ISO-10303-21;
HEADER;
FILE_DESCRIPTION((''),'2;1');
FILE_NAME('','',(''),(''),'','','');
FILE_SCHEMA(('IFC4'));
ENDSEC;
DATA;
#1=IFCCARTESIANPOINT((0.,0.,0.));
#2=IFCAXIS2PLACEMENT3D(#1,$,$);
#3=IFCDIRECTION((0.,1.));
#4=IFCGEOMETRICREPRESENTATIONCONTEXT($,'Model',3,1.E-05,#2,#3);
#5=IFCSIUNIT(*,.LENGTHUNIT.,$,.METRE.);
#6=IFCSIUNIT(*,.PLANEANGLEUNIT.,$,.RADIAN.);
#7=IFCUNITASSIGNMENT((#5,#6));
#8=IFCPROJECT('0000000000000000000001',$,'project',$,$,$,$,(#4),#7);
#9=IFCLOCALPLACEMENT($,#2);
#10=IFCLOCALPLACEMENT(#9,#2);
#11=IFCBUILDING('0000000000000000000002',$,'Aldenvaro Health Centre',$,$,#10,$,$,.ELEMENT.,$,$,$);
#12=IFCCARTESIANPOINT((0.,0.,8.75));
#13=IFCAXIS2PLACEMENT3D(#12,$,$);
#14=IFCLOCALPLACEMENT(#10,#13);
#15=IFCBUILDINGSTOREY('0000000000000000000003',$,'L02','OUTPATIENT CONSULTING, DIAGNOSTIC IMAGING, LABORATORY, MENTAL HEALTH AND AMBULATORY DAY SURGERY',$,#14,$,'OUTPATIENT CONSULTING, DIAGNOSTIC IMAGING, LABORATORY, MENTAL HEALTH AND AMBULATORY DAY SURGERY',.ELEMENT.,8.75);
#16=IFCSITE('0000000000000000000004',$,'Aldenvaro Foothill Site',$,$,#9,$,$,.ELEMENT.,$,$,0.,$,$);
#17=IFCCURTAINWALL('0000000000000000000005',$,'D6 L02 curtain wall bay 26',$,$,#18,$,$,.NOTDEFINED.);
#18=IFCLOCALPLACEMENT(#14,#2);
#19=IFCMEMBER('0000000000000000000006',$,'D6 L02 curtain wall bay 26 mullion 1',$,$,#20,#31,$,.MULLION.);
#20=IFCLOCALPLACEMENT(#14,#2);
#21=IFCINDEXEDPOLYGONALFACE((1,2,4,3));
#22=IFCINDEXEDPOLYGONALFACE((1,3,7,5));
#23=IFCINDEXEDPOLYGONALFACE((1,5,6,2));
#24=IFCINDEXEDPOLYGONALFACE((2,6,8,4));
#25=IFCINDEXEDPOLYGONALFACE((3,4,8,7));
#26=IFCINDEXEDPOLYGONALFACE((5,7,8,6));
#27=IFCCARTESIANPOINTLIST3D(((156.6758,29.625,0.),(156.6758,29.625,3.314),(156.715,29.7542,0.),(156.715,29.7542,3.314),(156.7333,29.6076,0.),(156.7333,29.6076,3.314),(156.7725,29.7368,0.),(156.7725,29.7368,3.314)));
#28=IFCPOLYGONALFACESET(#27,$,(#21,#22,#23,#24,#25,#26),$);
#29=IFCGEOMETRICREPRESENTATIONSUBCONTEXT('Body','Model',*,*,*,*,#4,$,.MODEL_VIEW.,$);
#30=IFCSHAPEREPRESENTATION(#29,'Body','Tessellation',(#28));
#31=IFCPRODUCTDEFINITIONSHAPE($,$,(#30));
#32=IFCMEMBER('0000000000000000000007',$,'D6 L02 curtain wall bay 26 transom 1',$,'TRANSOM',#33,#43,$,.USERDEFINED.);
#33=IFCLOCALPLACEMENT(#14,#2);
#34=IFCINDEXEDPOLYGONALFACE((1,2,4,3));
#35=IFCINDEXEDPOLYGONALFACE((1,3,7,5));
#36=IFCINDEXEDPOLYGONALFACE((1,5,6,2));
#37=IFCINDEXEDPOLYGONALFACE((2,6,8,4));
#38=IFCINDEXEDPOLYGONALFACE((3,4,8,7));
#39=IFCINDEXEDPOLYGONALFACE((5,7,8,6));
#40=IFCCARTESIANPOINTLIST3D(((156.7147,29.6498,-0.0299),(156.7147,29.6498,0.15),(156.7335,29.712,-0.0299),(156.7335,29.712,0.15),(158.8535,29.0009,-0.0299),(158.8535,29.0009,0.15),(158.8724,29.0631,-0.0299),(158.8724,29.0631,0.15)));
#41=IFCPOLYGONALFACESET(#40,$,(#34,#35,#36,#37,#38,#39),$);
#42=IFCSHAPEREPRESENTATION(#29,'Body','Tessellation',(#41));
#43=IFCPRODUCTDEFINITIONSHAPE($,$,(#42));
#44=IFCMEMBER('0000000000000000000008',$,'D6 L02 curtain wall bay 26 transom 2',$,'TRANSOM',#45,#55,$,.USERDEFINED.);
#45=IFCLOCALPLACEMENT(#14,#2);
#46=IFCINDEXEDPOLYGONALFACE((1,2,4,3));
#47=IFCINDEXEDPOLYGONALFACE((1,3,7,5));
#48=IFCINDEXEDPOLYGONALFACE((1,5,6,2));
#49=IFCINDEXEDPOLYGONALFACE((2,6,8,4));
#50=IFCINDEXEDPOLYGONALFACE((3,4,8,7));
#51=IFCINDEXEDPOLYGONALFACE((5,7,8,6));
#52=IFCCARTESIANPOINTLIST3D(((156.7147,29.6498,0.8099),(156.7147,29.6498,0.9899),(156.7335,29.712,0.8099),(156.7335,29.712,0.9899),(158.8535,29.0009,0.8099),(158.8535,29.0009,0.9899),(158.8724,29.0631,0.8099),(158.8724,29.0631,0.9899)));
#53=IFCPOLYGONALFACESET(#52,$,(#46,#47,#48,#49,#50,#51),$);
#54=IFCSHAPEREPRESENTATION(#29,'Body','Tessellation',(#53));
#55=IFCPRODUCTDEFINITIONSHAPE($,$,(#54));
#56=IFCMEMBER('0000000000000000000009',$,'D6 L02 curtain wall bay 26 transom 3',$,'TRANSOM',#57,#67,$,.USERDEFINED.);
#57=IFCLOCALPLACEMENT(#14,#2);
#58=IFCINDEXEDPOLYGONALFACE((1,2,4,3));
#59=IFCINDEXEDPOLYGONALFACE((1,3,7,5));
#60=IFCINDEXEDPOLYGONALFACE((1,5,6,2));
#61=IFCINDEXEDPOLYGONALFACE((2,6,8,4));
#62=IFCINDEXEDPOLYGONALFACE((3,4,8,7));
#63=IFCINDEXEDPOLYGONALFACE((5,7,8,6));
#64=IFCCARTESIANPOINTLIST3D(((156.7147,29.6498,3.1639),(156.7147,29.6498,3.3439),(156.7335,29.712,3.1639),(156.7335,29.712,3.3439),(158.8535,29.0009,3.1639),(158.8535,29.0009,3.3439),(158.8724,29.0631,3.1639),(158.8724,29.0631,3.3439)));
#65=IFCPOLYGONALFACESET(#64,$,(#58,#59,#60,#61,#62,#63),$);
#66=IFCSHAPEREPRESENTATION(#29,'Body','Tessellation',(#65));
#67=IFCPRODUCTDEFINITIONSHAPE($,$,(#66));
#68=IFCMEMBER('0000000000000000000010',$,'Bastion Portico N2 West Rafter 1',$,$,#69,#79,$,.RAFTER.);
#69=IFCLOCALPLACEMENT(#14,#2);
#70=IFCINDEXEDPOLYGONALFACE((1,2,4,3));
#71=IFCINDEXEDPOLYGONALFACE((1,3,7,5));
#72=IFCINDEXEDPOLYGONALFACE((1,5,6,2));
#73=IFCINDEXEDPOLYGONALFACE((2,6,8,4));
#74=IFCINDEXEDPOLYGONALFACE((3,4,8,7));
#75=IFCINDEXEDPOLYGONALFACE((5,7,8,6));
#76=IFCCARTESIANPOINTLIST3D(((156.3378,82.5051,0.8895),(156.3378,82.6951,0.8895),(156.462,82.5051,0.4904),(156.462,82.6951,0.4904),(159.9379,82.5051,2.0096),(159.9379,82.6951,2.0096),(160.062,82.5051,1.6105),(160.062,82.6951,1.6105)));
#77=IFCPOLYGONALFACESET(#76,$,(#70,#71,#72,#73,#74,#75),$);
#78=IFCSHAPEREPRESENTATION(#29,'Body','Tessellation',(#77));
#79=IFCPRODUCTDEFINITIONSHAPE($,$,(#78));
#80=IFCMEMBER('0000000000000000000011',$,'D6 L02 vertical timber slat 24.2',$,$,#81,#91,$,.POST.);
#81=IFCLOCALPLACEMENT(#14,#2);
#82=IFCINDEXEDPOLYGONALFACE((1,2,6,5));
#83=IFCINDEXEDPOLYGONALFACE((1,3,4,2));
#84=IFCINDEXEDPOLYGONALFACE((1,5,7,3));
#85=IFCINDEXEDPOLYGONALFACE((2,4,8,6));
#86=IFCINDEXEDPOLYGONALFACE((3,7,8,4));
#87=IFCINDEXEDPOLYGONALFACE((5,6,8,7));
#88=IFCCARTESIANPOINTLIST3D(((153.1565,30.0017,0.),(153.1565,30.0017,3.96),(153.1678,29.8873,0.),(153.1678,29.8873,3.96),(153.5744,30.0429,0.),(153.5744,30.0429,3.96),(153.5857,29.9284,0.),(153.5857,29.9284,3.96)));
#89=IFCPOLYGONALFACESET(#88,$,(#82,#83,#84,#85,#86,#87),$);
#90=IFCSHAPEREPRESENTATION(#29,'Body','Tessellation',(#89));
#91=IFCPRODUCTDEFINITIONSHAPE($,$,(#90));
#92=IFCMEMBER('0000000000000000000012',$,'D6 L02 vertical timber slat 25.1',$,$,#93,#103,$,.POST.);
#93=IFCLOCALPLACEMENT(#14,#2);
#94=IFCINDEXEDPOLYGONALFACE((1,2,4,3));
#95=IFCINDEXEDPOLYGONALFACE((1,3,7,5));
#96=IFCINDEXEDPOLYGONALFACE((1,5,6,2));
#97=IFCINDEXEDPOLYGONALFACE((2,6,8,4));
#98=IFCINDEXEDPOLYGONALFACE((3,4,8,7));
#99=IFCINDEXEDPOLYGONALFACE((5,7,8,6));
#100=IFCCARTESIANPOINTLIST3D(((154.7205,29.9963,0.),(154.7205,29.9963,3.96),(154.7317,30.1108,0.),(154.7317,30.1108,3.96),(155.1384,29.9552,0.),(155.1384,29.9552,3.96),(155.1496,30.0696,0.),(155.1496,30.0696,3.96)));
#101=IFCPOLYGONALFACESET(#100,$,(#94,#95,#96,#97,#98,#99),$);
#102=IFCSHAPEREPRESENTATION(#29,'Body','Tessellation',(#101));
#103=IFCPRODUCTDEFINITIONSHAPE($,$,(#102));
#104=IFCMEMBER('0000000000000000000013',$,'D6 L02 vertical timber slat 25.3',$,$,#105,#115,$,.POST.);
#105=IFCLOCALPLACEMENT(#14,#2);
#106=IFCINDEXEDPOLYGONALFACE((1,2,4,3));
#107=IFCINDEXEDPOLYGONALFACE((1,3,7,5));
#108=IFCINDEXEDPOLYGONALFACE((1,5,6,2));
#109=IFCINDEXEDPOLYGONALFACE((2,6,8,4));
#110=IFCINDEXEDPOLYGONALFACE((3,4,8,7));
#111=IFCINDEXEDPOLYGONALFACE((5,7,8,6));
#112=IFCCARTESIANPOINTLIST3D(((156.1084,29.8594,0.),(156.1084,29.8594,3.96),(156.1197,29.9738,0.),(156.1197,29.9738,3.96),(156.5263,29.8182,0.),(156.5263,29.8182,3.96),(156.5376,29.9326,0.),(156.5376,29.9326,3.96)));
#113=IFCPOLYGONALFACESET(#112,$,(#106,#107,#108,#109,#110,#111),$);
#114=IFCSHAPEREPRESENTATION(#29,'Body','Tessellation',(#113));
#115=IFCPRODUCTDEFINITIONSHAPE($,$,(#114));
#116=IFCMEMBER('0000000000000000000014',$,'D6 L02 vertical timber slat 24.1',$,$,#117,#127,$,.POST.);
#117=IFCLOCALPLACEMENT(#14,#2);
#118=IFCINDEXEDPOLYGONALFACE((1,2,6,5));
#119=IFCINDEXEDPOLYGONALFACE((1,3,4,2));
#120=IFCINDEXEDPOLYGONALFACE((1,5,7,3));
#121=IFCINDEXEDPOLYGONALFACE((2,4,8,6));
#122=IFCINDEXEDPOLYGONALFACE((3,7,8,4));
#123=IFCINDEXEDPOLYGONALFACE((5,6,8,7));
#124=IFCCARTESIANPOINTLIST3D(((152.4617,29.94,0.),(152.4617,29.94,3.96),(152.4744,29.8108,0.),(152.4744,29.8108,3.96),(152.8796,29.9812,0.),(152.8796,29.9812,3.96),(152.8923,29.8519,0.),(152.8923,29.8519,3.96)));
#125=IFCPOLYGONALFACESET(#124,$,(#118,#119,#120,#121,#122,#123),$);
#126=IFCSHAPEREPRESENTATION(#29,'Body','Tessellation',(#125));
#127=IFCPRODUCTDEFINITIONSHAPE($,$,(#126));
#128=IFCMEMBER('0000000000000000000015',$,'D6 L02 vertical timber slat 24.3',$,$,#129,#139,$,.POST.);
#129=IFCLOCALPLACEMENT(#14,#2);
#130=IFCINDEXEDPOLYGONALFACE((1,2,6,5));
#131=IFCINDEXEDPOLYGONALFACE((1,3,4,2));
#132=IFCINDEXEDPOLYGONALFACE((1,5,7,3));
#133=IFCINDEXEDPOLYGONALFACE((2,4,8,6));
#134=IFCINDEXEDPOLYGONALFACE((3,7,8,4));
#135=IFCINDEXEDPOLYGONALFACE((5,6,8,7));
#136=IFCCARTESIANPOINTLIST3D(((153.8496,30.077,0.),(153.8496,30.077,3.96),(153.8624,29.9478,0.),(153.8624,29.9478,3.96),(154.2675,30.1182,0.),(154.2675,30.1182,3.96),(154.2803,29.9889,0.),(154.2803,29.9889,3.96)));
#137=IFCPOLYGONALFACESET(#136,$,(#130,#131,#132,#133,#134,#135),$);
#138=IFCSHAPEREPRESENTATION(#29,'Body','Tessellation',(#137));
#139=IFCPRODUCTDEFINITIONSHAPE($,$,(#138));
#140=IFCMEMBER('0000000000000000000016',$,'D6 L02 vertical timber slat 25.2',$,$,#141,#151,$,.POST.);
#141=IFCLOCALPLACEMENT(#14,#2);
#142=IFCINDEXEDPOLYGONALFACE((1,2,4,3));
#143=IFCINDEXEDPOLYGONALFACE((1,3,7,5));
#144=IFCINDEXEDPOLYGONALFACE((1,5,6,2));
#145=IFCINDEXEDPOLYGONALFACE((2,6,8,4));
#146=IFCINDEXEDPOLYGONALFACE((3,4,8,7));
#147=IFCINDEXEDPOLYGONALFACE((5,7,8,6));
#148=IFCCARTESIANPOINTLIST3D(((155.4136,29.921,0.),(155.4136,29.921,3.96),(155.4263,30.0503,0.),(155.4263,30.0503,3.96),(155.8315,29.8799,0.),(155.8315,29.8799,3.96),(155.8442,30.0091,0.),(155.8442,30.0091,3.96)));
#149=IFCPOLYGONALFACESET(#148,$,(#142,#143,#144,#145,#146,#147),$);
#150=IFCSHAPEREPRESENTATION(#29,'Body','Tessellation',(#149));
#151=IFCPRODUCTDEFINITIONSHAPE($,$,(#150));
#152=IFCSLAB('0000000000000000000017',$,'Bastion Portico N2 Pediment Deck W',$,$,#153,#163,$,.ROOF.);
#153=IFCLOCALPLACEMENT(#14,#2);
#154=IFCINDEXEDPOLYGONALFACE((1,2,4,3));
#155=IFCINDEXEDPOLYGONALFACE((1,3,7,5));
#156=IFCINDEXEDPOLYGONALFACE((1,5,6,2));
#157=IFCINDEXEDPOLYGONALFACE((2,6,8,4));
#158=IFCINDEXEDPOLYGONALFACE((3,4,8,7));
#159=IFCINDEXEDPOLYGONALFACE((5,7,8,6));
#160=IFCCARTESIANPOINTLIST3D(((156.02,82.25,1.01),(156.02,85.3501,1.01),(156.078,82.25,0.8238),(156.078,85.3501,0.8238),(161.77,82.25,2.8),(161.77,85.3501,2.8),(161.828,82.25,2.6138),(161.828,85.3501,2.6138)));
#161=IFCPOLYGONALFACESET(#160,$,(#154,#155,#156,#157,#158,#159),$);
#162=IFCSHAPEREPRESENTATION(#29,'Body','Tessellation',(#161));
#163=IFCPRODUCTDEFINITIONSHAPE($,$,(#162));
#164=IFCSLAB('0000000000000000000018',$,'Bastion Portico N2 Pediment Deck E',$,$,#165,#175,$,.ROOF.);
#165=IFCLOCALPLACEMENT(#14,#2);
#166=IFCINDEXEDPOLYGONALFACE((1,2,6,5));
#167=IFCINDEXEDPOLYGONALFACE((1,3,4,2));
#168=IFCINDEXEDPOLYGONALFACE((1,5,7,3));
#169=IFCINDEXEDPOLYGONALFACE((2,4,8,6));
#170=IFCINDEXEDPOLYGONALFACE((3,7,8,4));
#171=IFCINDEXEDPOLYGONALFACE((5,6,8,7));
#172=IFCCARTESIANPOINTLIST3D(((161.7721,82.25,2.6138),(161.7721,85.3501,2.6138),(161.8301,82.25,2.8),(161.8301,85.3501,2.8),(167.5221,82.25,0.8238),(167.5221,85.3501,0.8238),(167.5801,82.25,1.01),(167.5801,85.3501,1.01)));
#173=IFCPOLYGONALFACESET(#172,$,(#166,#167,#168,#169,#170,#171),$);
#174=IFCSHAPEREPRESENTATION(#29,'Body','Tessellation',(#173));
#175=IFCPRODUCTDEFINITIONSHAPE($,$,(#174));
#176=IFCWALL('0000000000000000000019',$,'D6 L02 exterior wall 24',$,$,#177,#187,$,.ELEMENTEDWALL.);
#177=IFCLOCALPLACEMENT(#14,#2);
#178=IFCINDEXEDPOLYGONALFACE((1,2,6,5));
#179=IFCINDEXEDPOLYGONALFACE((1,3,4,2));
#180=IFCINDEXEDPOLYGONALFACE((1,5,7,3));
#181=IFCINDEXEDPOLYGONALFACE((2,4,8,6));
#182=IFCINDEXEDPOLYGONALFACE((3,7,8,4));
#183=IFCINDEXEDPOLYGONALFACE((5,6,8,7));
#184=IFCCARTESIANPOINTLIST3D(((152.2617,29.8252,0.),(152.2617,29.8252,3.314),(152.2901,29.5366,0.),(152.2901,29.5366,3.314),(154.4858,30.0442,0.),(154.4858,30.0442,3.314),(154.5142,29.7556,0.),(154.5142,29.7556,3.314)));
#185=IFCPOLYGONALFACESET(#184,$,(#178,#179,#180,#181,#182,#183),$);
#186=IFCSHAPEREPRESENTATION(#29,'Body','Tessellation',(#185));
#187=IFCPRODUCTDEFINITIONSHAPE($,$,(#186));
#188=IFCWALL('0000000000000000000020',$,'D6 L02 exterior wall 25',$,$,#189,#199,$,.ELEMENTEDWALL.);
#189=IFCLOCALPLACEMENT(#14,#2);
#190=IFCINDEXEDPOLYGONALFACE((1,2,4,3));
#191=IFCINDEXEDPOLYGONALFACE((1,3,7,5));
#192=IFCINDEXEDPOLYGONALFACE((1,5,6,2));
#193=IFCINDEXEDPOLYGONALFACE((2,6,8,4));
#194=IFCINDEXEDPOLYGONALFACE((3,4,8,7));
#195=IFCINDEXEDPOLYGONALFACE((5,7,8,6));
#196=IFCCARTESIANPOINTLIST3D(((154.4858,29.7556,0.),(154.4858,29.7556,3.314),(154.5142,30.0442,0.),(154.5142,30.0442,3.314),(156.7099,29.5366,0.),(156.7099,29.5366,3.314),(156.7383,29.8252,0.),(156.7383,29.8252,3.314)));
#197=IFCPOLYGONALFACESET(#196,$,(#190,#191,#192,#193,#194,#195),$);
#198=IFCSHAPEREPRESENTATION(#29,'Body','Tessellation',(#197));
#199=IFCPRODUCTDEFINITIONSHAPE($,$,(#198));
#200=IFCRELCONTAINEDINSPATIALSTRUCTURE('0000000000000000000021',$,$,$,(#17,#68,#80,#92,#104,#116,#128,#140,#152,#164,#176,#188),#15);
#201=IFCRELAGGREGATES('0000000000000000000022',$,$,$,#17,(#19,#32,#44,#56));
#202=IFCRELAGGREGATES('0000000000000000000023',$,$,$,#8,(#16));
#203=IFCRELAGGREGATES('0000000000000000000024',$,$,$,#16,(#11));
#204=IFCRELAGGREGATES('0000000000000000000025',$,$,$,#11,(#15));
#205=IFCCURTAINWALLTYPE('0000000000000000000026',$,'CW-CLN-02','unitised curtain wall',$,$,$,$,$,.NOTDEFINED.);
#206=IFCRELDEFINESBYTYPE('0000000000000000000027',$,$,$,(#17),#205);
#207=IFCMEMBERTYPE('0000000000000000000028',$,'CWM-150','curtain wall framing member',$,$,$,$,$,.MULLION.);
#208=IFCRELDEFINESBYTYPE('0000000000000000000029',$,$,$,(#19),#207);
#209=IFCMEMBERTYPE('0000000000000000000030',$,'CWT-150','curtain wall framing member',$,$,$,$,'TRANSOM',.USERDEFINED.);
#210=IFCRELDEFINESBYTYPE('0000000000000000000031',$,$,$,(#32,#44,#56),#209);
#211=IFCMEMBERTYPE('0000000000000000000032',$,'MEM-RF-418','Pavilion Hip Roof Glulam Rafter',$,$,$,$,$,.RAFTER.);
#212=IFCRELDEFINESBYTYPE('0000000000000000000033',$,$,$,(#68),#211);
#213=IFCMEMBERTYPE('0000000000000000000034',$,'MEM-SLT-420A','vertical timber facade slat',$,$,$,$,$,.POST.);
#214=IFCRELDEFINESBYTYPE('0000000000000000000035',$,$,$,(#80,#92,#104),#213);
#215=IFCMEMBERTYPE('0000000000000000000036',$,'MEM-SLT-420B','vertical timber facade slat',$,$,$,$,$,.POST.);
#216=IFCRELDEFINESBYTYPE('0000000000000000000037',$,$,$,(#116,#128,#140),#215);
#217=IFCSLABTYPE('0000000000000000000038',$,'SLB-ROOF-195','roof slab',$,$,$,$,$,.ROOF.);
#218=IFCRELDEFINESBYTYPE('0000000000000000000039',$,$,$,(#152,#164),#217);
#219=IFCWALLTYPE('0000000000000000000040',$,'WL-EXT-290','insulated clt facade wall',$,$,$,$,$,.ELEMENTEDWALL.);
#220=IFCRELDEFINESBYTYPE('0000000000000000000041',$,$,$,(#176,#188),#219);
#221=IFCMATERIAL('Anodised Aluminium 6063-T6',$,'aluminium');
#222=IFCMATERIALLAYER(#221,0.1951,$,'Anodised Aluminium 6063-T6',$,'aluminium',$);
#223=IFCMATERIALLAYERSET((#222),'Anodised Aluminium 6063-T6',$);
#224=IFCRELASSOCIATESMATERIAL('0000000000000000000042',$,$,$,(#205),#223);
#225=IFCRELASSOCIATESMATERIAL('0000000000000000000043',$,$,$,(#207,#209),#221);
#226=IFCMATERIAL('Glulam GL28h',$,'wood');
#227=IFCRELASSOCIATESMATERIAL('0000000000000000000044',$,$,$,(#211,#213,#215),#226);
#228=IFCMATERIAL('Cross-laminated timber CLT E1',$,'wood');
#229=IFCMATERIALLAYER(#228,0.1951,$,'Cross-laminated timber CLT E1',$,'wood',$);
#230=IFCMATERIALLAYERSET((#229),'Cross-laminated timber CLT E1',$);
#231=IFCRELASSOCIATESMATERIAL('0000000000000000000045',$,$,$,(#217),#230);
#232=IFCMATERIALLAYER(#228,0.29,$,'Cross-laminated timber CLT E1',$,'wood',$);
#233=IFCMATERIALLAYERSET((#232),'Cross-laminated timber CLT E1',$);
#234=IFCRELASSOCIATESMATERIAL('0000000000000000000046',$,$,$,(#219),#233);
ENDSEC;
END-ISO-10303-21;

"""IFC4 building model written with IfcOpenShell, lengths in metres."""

from ifc_helpers import new_model, si_unit, direction, frame, frame_2d, origin, origin_2d, place, context, subcontext, project, spatial, polyline, rectangle, outline, extrude, material, layer, layer_set, material_profile, profile_set, type_object, element, aggregate, save


model = new_model("IFC4")

# Units and contexts
model_context = context("Model", 3, precision=1e-05, world=origin(), true_north=direction((0.0, 1.0)))
body_context = subcontext(model_context, "Body", "Model", "MODEL_VIEW")
ifc_project = project(units=[si_unit("LENGTHUNIT", "METRE"), si_unit("PLANEANGLEUNIT", "RADIAN")], contexts=[model_context])

# Site, building, storey
site_placement = place(None, origin())
site = spatial("IfcSite", under=ifc_project, at=site_placement, Name="Aldenvaro Foothill Site", CompositionType="ELEMENT", RefElevation=0.0)
building_placement = place(site_placement, origin())
building = spatial("IfcBuilding", under=site, at=building_placement, Name="Aldenvaro Health Centre", CompositionType="ELEMENT")
storey_placement = place(building_placement, frame((0.0, 0.0, 8.75)))
storey = spatial("IfcBuildingStorey", under=building, at=storey_placement, Name="L02", Description="OUTPATIENT CONSULTING, DIAGNOSTIC IMAGING, LABORATORY, MENTAL HEALTH AND AMBULATORY DAY SURGERY", LongName="OUTPATIENT CONSULTING, DIAGNOSTIC IMAGING, LABORATORY, MENTAL HEALTH AND AMBULATORY DAY SURGERY", CompositionType="ELEMENT", Elevation=8.75)

# Shared definitions
ifc_material_1 = material(Name="Glulam GL28h", Category="wood")

# Curtain wall, members
ifc_material_2 = material(Name="Anodised Aluminium 6063-T6", Category="aluminium")
ifc_layer_1 = layer(ifc_material_2, 0.1951, Name="Anodised Aluminium 6063-T6", Category="aluminium")
ifc_layer_set_1 = layer_set([ifc_layer_1], Name="Anodised Aluminium 6063-T6")
curtain_wall_type = type_object("IfcCurtainWallType", Name="CW-CLN-02", Description="unitised curtain wall", PredefinedType="NOTDEFINED", material=ifc_layer_set_1)
curtain_wall_placement = place(storey_placement, origin())
curtain_wall = element("IfcCurtainWall", 1, at=curtain_wall_placement, inside=storey, type_object=curtain_wall_type, Name="D6 L02 curtain wall bay 26", PredefinedType="NOTDEFINED")
ifc_material_profile_1 = material_profile(ifc_material_2, rectangle(XDim=0.0601, YDim=0.135, at=origin_2d()), Name="ALU 60x135", Category="aluminium")
ifc_profile_set_1 = profile_set([ifc_material_profile_1], Name="Anodised Aluminium 6063-T6")
member_type_1 = type_object("IfcMemberType", Name="CWM-150", Description="curtain wall framing member", PredefinedType="MULLION", material=ifc_profile_set_1)
member_1_placement = place(storey_placement, frame((156.7241, 29.6809, 0.0), z_axis=(0.0, 0.0, 1.0), x_axis=(0.956923, -0.290343, 0.0)))
member_1 = element("IfcMember", 2, at=member_1_placement, type_object=member_type_1, Name="D6 L02 curtain wall bay 26 mullion 1", PredefinedType="MULLION", context=body_context, shape_type="SweptSolid", body=[
    extrude(rectangle(XDim=0.0601, YDim=0.135, at=origin_2d()), origin(), (0.0, 0.0, 1.0), 3.314),
])
ifc_material_profile_2 = material_profile(ifc_material_2, rectangle(XDim=0.0649, YDim=0.1799, at=origin_2d()), Name="ALU 65x180", Category="aluminium")
ifc_profile_set_2 = profile_set([ifc_material_profile_2], Name="Anodised Aluminium 6063-T6")
member_type_2 = type_object("IfcMemberType", Name="CWT-150", Description="curtain wall framing member", ElementType="TRANSOM", PredefinedType="USERDEFINED", material=ifc_profile_set_2)
member_2_placement = place(storey_placement, frame((156.7241, 29.6809, 0.0601), z_axis=(0.956929, -0.290323, 0.0), x_axis=(0.290323, 0.956929, 0.0)))
member_2 = element("IfcMember", 3, at=member_2_placement, type_object=member_type_2, Name="D6 L02 curtain wall bay 26 transom 1", ObjectType="TRANSOM", PredefinedType="USERDEFINED", context=body_context, shape_type="SweptSolid", body=[
    extrude(rectangle(XDim=0.0649, YDim=0.1799, at=origin_2d()), origin(), (0.0, 0.0, 1.0), 2.2351),
])
member_3_placement = place(storey_placement, frame((156.7241, 29.6809, 0.8999), z_axis=(0.956929, -0.290323, 0.0), x_axis=(0.290323, 0.956929, 0.0)))
member_3 = element("IfcMember", 4, at=member_3_placement, type_object=member_type_2, Name="D6 L02 curtain wall bay 26 transom 2", ObjectType="TRANSOM", PredefinedType="USERDEFINED", context=body_context, shape_type="SweptSolid", body=[
    extrude(rectangle(XDim=0.0649, YDim=0.1799, at=origin_2d()), origin(), (0.0, 0.0, 1.0), 2.2351),
])
member_4_placement = place(storey_placement, frame((156.7241, 29.6809, 3.2539), z_axis=(0.956929, -0.290323, 0.0), x_axis=(0.290323, 0.956929, 0.0)))
member_4 = element("IfcMember", 5, at=member_4_placement, type_object=member_type_2, Name="D6 L02 curtain wall bay 26 transom 3", ObjectType="TRANSOM", PredefinedType="USERDEFINED", context=body_context, shape_type="SweptSolid", body=[
    extrude(rectangle(XDim=0.0649, YDim=0.1799, at=origin_2d()), origin(), (0.0, 0.0, 1.0), 2.2351),
])
aggregate(curtain_wall, [member_1, member_2, member_3, member_4])

# Members
ifc_material_profile_3 = material_profile(ifc_material_1, rectangle(XDim=0.1899, YDim=0.418, at=origin_2d()), Name="GL 190x418", Category="wood")
ifc_profile_set_3 = profile_set([ifc_material_profile_3], Name="Glulam GL28h")
member_type_3 = type_object("IfcMemberType", Name="MEM-RF-418", Description="Pavilion Hip Roof Glulam Rafter", PredefinedType="RAFTER", material=ifc_profile_set_3)
member_5_placement = place(storey_placement, frame((156.3999, 82.6001, 0.6899), z_axis=(0.95485, 0.0, 0.297088), x_axis=(0.0, 1.0, 0.0)))
element("IfcMember", 6, at=member_5_placement, inside=storey, type_object=member_type_3, Name="Bastion Portico N2 West Rafter 1", PredefinedType="RAFTER", context=body_context, shape_type="SweptSolid", body=[
    extrude(rectangle(XDim=0.1899, YDim=0.418, at=origin_2d()), origin(), (0.0, 0.0, 1.0), 3.7703),
])
ifc_material_profile_4 = material_profile(ifc_material_1, rectangle(XDim=0.115, YDim=0.4199, at=origin_2d()), Name="GL 115x420", Category="wood")
ifc_profile_set_4 = profile_set([ifc_material_profile_4], Name="Glulam GL28h")
member_type_4 = type_object("IfcMemberType", Name="MEM-SLT-420A", Description="vertical timber facade slat", PredefinedType="POST", material=ifc_profile_set_4)
for number, where, z_axis, x_axis, name in (
    (7, (153.3711, 29.9651, 0.0), (0.0, 0.0, 1.0), (-0.097997, 0.995187, 0.0), "D6 L02 vertical timber slat 24.2"),
    (8, (154.9351, 30.033, 0.0), (0.0, 0.0, 1.0), (0.097997, 0.995187, 0.0), "D6 L02 vertical timber slat 25.1"),
    (9, (156.323, 29.896, 0.0), (0.0, 0.0, 1.0), (0.097997, 0.995187, 0.0), "D6 L02 vertical timber slat 25.3"),
):
    element("IfcMember", number, at=place(storey_placement, frame(where, z_axis=z_axis, x_axis=x_axis)), inside=storey, type_object=member_type_4, Name=name, PredefinedType="POST", context=body_context, shape_type="SweptSolid", body=[
        extrude(rectangle(XDim=0.115, YDim=0.4199, at=origin_2d()), origin(), (0.0, 0.0, 1.0), 3.96),
    ])
ifc_material_profile_5 = material_profile(ifc_material_1, rectangle(XDim=0.1299, YDim=0.4199, at=origin_2d()), Name="GL 130x420", Category="wood")
ifc_profile_set_5 = profile_set([ifc_material_profile_5], Name="Glulam GL28h")
member_type_5 = type_object("IfcMemberType", Name="MEM-SLT-420B", Description="vertical timber facade slat", PredefinedType="POST", material=ifc_profile_set_5)
for number, where, z_axis, x_axis, name in (
    (10, (152.677, 29.896, 0.0), (0.0, 0.0, 1.0), (-0.097997, 0.995187, 0.0), "D6 L02 vertical timber slat 24.1"),
    (11, (154.0649, 30.033, 0.0), (0.0, 0.0, 1.0), (-0.097997, 0.995187, 0.0), "D6 L02 vertical timber slat 24.3"),
    (12, (155.6289, 29.9651, 0.0), (0.0, 0.0, 1.0), (0.097997, 0.995187, 0.0), "D6 L02 vertical timber slat 25.2"),
):
    element("IfcMember", number, at=place(storey_placement, frame(where, z_axis=z_axis, x_axis=x_axis)), inside=storey, type_object=member_type_5, Name=name, PredefinedType="POST", context=body_context, shape_type="SweptSolid", body=[
        extrude(rectangle(XDim=0.1299, YDim=0.4199, at=origin_2d()), origin(), (0.0, 0.0, 1.0), 3.96),
    ])

# Slabs
ifc_material_3 = material(Name="Cross-laminated timber CLT E1", Category="wood")
ifc_layer_2 = layer(ifc_material_3, 0.1951, Name="Cross-laminated timber CLT E1", Category="wood")
ifc_layer_set_2 = layer_set([ifc_layer_2], Name="Cross-laminated timber CLT E1")
slab_type = type_object("IfcSlabType", Name="SLB-ROOF-195", Description="roof slab", PredefinedType="ROOF", material=ifc_layer_set_2)
for number, where, z_axis, x_axis, name in (
    (13, (156.02, 82.25, 1.01), (-0.297241, 0.0, 0.954803), (0.954803, 0.0, 0.297241), "Bastion Portico N2 Pediment Deck W"),
    (14, (161.8301, 82.25, 2.8), (0.297241, 0.0, 0.954803), (0.954803, 0.0, -0.297241), "Bastion Portico N2 Pediment Deck E"),
):
    element("IfcSlab", number, at=place(storey_placement, frame(where, z_axis=z_axis, x_axis=x_axis)), inside=storey, type_object=slab_type, Name=name, PredefinedType="ROOF", context=body_context, shape_type="SweptSolid", body=[
        extrude(outline(polyline([(0.0, 0.0), (6.0222, 0.0), (6.0222, 3.1001), (0.0, 3.1001), (0.0, 0.0)])), origin(), (0.0, 0.0, -1.0), 0.1951),
    ])

# Walls
ifc_layer_3 = layer(ifc_material_3, 0.29, Name="Cross-laminated timber CLT E1", Category="wood")
ifc_layer_set_3 = layer_set([ifc_layer_3], Name="Cross-laminated timber CLT E1")
wall_type = type_object("IfcWallType", Name="WL-EXT-290", Description="insulated clt facade wall", PredefinedType="ELEMENTEDWALL", material=ifc_layer_set_3)
for number, where, z_axis, x_axis, name in (
    (15, (152.2759, 29.6809, 0.0), (0.0, 0.0, 1.0), (0.995187, 0.097989, 0.0), "D6 L02 exterior wall 24"),
    (16, (154.5, 29.8999, 0.0), (0.0, 0.0, 1.0), (0.995187, -0.097989, 0.0), "D6 L02 exterior wall 25"),
):
    element("IfcWall", number, at=place(storey_placement, frame(where, z_axis=z_axis, x_axis=x_axis)), inside=storey, type_object=wall_type, Name=name, PredefinedType="ELEMENTEDWALL", context=body_context, shape_type="SweptSolid", body=[
        extrude(rectangle(XDim=2.2349, YDim=0.29, at=frame_2d((1.1174, 0.0))), origin(), (0.0, 0.0, 1.0), 3.314),
    ])

save(model, "model.ifc")
